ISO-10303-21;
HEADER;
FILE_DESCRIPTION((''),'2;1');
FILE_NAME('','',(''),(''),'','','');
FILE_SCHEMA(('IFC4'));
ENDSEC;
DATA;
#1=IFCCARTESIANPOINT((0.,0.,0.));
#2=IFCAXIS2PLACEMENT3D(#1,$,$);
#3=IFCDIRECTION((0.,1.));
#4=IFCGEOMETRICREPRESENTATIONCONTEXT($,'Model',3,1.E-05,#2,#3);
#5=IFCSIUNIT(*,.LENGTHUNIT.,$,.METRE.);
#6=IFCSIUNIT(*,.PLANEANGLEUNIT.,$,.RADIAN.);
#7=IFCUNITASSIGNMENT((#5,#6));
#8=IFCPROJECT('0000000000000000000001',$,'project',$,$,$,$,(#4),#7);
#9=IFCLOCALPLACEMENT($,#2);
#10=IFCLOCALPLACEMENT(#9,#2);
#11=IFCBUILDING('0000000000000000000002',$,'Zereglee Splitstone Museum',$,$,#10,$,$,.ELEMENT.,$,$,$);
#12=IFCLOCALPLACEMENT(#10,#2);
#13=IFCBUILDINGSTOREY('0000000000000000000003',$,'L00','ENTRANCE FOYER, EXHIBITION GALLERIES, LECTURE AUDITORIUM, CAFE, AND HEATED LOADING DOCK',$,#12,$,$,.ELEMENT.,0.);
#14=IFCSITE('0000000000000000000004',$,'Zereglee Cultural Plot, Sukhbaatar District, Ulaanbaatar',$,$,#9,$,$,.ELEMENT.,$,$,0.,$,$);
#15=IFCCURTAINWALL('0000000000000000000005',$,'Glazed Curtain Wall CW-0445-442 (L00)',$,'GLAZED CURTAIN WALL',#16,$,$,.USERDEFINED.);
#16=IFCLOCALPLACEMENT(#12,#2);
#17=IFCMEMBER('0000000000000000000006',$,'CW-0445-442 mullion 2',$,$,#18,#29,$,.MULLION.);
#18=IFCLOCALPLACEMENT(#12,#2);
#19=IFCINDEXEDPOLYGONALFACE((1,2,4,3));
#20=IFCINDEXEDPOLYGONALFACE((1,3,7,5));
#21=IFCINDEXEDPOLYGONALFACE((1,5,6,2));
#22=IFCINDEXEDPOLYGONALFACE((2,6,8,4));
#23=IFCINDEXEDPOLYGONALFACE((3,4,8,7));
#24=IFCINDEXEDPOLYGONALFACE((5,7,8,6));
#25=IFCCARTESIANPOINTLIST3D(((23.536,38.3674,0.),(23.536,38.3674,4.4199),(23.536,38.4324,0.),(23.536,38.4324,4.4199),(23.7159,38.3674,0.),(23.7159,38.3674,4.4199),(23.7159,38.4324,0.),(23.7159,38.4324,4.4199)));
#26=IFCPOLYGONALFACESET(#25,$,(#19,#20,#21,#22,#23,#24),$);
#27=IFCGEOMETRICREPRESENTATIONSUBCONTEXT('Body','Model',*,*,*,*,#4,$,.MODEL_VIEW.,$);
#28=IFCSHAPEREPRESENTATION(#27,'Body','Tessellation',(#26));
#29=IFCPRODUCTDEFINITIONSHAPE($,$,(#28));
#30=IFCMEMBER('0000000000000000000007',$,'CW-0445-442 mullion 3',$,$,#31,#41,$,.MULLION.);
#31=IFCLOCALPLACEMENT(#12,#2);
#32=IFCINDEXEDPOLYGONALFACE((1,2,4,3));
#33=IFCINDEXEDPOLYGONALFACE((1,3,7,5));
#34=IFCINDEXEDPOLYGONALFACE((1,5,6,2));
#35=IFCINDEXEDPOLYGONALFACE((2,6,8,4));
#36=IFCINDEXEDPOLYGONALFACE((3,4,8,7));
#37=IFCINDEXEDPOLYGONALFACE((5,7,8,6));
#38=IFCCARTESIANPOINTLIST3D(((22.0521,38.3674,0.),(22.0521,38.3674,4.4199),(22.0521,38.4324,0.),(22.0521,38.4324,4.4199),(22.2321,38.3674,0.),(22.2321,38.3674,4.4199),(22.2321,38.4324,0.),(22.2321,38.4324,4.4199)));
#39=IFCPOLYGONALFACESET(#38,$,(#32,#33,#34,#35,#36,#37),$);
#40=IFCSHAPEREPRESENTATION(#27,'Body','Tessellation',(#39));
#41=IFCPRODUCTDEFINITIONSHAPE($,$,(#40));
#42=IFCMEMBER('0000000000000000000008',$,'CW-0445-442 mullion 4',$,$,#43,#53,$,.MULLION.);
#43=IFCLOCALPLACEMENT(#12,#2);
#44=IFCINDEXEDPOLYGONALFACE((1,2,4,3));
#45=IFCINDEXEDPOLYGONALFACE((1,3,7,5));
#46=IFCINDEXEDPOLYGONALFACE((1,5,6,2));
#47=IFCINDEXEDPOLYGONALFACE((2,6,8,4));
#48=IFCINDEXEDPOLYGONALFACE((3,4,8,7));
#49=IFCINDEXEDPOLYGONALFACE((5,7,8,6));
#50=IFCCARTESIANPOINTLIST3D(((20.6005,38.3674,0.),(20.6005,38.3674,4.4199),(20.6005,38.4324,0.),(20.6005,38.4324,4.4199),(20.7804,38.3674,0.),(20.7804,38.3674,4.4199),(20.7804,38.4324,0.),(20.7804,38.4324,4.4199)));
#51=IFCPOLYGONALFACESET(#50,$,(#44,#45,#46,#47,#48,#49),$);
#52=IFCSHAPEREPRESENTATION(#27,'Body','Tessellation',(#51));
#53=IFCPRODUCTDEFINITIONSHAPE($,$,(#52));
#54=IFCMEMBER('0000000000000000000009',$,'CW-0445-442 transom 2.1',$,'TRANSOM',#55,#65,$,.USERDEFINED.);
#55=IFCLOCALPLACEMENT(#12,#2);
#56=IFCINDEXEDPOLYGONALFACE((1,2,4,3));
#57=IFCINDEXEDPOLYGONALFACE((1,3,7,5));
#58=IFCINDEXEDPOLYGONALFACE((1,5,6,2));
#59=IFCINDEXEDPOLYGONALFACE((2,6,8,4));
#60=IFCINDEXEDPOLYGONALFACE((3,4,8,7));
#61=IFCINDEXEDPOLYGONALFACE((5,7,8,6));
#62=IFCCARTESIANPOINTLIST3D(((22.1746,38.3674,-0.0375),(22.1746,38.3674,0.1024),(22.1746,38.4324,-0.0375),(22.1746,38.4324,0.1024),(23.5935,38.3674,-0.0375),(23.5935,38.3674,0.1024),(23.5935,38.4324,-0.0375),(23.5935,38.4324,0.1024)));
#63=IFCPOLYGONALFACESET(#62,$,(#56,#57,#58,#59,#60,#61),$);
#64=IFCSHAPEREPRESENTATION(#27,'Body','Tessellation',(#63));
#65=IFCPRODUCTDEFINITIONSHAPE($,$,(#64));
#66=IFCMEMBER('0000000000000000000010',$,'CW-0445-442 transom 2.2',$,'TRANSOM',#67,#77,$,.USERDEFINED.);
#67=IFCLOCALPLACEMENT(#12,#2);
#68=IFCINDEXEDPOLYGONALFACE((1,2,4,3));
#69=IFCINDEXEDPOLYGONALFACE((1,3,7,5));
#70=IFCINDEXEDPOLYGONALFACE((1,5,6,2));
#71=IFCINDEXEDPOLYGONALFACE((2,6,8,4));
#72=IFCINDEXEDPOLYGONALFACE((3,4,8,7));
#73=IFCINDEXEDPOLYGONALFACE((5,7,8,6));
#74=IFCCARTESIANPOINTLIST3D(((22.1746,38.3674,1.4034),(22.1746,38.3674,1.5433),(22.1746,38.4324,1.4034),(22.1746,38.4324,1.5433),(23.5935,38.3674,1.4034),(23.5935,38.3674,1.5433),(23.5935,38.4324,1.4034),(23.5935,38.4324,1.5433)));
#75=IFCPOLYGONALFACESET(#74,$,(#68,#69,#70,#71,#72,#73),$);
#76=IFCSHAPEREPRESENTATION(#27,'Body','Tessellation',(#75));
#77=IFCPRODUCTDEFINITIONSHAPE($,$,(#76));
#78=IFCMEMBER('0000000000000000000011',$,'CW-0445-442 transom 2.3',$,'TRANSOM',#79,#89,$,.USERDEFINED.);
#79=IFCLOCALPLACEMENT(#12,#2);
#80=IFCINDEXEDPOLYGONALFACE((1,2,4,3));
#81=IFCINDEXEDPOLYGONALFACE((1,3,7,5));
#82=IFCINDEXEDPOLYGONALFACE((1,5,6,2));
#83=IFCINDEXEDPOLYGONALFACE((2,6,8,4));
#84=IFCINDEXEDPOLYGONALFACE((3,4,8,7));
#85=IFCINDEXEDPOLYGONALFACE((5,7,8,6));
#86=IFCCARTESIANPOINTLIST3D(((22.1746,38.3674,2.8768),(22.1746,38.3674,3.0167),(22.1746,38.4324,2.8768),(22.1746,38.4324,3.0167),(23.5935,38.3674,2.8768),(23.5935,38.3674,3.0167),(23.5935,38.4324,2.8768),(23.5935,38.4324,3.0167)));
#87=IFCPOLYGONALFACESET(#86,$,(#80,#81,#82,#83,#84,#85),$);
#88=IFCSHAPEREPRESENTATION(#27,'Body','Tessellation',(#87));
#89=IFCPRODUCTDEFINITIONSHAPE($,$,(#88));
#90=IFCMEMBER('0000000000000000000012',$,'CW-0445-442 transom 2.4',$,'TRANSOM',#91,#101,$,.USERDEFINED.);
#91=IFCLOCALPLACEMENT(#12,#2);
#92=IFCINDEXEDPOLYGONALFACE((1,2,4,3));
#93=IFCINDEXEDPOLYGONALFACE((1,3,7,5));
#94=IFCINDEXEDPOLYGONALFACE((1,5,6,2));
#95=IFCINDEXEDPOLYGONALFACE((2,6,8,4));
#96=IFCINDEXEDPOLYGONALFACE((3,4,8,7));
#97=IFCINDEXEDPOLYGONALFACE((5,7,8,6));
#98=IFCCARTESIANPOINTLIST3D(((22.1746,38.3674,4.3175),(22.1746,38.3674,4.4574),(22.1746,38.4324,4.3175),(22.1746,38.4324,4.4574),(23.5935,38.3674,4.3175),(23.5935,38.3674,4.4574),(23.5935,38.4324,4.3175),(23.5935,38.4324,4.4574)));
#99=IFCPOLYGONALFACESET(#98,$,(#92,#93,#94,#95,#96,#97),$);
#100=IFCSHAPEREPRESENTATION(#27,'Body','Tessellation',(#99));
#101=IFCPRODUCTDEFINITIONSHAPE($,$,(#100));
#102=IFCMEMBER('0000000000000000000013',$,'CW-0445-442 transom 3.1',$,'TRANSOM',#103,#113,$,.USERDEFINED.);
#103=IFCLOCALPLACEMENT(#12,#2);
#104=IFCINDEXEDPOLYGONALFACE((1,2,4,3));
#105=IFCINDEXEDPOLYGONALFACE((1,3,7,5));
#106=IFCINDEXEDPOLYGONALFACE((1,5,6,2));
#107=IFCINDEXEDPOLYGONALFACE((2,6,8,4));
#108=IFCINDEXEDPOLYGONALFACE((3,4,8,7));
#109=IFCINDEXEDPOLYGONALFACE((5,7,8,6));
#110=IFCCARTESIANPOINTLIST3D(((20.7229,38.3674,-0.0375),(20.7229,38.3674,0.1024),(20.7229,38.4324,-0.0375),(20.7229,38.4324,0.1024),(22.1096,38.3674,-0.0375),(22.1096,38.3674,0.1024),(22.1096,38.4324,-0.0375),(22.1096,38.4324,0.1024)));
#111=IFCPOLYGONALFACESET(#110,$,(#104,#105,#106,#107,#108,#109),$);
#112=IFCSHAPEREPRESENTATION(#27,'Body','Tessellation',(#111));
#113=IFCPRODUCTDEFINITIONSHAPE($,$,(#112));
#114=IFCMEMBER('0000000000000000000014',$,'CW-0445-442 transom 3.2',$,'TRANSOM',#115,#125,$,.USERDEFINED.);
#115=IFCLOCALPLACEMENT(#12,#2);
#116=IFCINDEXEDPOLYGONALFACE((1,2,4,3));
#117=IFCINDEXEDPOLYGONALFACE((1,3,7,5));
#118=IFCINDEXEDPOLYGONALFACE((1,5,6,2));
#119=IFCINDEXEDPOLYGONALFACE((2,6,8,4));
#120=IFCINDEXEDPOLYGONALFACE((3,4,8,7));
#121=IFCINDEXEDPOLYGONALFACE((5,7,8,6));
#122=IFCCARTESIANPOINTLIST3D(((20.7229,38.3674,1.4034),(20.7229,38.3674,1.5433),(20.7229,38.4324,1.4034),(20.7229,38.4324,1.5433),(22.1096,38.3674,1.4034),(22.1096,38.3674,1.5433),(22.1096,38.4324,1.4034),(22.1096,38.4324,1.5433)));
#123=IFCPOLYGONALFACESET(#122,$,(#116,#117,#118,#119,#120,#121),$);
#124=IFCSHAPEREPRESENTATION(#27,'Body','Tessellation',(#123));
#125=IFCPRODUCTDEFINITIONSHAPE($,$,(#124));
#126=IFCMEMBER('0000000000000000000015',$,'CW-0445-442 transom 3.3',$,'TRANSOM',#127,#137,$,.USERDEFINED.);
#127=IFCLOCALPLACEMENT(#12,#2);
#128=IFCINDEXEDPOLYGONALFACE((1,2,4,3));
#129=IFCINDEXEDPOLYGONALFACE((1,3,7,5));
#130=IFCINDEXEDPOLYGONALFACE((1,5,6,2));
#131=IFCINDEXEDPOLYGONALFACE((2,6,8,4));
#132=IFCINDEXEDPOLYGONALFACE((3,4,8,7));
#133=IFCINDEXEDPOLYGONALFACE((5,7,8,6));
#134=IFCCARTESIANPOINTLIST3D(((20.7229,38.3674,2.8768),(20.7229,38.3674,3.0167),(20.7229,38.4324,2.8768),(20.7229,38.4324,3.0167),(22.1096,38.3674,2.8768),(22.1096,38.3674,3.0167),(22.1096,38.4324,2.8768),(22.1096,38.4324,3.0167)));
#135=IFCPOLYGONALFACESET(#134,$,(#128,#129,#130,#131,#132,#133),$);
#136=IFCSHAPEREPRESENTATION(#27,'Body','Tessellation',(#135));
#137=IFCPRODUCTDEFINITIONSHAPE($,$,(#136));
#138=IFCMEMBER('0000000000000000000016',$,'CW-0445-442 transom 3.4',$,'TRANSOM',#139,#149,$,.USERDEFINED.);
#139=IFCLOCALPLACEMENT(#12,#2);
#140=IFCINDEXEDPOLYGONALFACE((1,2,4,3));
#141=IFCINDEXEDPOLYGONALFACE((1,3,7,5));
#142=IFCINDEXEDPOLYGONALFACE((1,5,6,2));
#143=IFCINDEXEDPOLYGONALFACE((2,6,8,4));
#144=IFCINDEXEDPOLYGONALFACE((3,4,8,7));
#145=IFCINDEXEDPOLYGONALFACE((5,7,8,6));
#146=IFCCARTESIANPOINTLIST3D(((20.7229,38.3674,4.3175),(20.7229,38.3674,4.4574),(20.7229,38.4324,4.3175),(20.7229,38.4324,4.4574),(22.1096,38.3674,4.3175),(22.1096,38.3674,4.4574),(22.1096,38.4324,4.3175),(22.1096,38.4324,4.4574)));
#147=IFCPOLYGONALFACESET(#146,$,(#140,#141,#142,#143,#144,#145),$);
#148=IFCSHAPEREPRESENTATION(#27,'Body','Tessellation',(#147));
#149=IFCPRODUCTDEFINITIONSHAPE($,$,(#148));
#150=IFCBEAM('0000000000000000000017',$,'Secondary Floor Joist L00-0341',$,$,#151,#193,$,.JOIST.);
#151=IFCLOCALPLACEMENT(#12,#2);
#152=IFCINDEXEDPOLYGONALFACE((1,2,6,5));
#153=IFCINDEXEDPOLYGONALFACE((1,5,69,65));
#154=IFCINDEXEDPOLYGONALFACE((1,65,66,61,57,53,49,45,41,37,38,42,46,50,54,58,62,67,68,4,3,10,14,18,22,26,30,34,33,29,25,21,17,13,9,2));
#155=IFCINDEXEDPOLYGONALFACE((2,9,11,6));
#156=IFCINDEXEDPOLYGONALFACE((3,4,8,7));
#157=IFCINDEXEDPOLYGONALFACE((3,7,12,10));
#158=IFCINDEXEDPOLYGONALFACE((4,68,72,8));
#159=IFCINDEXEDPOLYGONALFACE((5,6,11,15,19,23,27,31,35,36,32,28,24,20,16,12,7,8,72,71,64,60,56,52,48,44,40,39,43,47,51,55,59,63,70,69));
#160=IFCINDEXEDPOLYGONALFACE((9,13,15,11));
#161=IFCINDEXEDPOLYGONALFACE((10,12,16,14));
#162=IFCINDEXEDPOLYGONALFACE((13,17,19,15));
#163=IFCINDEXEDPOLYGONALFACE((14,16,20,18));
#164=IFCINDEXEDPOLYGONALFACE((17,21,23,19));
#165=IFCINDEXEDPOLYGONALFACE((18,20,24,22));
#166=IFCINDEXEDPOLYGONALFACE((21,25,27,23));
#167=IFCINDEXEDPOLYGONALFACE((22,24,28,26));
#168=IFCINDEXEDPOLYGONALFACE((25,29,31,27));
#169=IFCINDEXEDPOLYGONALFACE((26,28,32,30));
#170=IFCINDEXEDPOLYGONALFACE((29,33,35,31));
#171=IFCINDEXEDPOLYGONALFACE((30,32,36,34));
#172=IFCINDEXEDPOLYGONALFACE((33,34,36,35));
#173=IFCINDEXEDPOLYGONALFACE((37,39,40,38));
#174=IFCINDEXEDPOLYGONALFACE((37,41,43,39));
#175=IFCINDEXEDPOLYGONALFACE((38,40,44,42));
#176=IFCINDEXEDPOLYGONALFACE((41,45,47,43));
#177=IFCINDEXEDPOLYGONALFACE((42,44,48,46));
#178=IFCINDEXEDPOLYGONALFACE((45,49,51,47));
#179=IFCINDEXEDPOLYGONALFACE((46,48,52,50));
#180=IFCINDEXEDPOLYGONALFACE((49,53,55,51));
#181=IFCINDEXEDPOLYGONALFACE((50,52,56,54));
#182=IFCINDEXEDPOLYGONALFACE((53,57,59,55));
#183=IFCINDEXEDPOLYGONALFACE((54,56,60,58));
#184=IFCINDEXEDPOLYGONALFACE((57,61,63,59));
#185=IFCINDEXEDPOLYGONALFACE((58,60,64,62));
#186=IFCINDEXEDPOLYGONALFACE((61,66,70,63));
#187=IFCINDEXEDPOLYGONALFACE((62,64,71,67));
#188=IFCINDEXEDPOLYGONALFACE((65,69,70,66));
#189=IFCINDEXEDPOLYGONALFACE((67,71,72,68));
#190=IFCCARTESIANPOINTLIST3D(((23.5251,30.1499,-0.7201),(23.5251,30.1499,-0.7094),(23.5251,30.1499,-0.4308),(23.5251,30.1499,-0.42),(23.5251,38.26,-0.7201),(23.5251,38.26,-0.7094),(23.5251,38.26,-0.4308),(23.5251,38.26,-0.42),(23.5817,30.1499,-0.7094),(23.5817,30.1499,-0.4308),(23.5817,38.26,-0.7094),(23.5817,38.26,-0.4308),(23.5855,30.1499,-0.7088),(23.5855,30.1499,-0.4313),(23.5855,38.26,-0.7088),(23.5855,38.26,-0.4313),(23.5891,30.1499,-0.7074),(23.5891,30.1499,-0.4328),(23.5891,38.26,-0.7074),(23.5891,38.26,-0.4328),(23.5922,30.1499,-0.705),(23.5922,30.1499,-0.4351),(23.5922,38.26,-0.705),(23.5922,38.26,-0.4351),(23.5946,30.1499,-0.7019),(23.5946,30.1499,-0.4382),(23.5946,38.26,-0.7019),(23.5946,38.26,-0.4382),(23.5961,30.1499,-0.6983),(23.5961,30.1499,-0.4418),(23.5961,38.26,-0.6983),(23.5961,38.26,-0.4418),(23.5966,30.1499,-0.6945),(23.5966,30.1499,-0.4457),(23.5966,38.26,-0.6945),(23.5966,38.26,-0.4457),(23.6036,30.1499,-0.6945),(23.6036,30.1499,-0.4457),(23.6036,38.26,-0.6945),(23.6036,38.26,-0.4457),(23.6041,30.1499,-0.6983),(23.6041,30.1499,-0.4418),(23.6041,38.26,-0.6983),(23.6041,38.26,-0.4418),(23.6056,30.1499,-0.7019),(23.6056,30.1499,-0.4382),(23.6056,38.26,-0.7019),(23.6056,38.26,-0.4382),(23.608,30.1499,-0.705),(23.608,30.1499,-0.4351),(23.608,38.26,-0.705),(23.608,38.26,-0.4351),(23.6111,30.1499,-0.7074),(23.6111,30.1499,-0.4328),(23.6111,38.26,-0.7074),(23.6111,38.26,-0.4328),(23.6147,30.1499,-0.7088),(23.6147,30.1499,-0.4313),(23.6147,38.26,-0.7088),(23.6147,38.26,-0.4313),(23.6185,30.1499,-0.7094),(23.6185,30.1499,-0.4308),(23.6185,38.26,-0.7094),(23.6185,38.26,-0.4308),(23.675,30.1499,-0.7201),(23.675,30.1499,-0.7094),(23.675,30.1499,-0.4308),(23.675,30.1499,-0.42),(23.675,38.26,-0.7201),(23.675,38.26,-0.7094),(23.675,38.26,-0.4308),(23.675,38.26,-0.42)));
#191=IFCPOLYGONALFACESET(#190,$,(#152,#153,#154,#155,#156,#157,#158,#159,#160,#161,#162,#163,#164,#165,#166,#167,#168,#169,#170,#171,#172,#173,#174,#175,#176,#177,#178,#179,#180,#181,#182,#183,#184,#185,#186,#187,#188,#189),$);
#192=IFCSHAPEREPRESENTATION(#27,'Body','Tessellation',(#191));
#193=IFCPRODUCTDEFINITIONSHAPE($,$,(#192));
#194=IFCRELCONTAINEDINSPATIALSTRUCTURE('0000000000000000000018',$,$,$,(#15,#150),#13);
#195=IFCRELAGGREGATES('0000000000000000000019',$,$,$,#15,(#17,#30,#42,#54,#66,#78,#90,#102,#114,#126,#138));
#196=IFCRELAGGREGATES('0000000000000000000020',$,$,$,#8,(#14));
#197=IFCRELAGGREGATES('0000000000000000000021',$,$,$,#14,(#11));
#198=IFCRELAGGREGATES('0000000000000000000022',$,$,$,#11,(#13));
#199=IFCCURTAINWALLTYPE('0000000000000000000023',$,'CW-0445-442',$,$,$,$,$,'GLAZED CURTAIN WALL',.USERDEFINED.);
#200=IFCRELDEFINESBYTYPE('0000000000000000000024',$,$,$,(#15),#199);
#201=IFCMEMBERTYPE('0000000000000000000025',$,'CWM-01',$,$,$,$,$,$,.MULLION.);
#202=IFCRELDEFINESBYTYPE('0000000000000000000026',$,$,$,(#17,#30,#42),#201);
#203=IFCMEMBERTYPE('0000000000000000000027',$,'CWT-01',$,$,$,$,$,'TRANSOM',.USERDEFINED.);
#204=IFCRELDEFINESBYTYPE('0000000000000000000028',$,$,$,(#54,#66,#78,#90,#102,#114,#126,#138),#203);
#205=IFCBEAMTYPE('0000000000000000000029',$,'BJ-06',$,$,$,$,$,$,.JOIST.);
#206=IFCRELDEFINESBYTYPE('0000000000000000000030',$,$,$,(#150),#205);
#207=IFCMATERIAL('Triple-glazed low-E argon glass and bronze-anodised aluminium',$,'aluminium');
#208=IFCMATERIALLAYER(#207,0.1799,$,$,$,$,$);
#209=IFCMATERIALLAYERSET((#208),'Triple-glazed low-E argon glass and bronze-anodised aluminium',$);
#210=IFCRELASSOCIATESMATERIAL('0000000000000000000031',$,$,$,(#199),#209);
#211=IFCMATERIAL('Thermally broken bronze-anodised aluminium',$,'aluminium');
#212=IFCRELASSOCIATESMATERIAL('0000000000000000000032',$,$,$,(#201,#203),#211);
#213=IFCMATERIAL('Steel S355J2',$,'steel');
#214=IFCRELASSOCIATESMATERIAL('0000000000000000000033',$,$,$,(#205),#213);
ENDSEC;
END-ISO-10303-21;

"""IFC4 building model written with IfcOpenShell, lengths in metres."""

from ifc_helpers import new_model, si_unit, direction, frame, origin, origin_2d, place, context, subcontext, project, spatial, rectangle, i_section, extrude, material, layer, layer_set, material_profile, profile_set, type_object, element, aggregate, save


model = new_model("IFC4")

# Units and contexts
model_context = context("Model", 3, precision=1e-05, world=origin(), true_north=direction((0.0, 1.0)))
body_context = subcontext(model_context, "Body", "Model", "MODEL_VIEW")
ifc_project = project(units=[si_unit("LENGTHUNIT", "METRE"), si_unit("PLANEANGLEUNIT", "RADIAN")], contexts=[model_context])

# Site, building, storey
site_placement = place(None, origin())
site = spatial("IfcSite", under=ifc_project, at=site_placement, Name="Zereglee Cultural Plot, Sukhbaatar District, Ulaanbaatar", CompositionType="ELEMENT", RefElevation=0.0)
building_placement = place(site_placement, origin())
building = spatial("IfcBuilding", under=site, at=building_placement, Name="Zereglee Splitstone Museum", CompositionType="ELEMENT")
storey_placement = place(building_placement, origin())
storey = spatial("IfcBuildingStorey", under=building, at=storey_placement, Name="L00", Description="ENTRANCE FOYER, EXHIBITION GALLERIES, LECTURE AUDITORIUM, CAFE, AND HEATED LOADING DOCK", CompositionType="ELEMENT", Elevation=0.0)

# Curtain wall, members
ifc_material_1 = material(Name="Triple-glazed low-E argon glass and bronze-anodised aluminium", Category="aluminium")
ifc_layer_1 = layer(ifc_material_1, 0.1799)
ifc_layer_set_1 = layer_set([ifc_layer_1], Name="Triple-glazed low-E argon glass and bronze-anodised aluminium")
curtain_wall_type = type_object("IfcCurtainWallType", Name="CW-0445-442", ElementType="GLAZED CURTAIN WALL", PredefinedType="USERDEFINED", material=ifc_layer_set_1)
curtain_wall_placement = place(storey_placement, origin())
curtain_wall = element("IfcCurtainWall", 1, at=curtain_wall_placement, inside=storey, type_object=curtain_wall_type, Name="Glazed Curtain Wall CW-0445-442 (L00)", ObjectType="GLAZED CURTAIN WALL", PredefinedType="USERDEFINED")
ifc_material_2 = material(Name="Thermally broken bronze-anodised aluminium", Category="aluminium")
ifc_material_profile_1 = material_profile(ifc_material_2, rectangle(XDim=0.0649, YDim=0.1799, at=origin_2d()), Name="CW MULL 65x180")
ifc_profile_set_1 = profile_set([ifc_material_profile_1], Name="Thermally broken bronze-anodised aluminium")
member_type_1 = type_object("IfcMemberType", Name="CWM-01", PredefinedType="MULLION", material=ifc_profile_set_1)
member_1_placement = place(storey_placement, frame((23.626, 38.3999, 0.0), z_axis=(0.0, 0.0, 1.0), x_axis=(0.0, -1.0, 0.0)))
member_1 = element("IfcMember", 2, at=member_1_placement, type_object=member_type_1, Name="CW-0445-442 mullion 2", PredefinedType="MULLION", context=body_context, shape_type="SweptSolid", body=[
    extrude(rectangle(XDim=0.0649, YDim=0.1799, at=origin_2d()), origin(), (0.0, 0.0, 1.0), 4.4199),
])
member_2_placement = place(storey_placement, frame((22.1421, 38.3999, 0.0), z_axis=(0.0, 0.0, 1.0), x_axis=(0.0, -1.0, 0.0)))
member_2 = element("IfcMember", 3, at=member_2_placement, type_object=member_type_1, Name="CW-0445-442 mullion 3", PredefinedType="MULLION", context=body_context, shape_type="SweptSolid", body=[
    extrude(rectangle(XDim=0.0649, YDim=0.1799, at=origin_2d()), origin(), (0.0, 0.0, 1.0), 4.4199),
])
member_3_placement = place(storey_placement, frame((20.6904, 38.3999, 0.0), z_axis=(0.0, 0.0, 1.0), x_axis=(0.0, -1.0, 0.0)))
member_3 = element("IfcMember", 4, at=member_3_placement, type_object=member_type_1, Name="CW-0445-442 mullion 4", PredefinedType="MULLION", context=body_context, shape_type="SweptSolid", body=[
    extrude(rectangle(XDim=0.0649, YDim=0.1799, at=origin_2d()), origin(), (0.0, 0.0, 1.0), 4.4199),
])
ifc_material_profile_2 = material_profile(ifc_material_2, rectangle(XDim=0.0649, YDim=0.1399, at=origin_2d()), Name="CW TRAN 65x140")
ifc_profile_set_2 = profile_set([ifc_material_profile_2], Name="Thermally broken bronze-anodised aluminium")
member_type_2 = type_object("IfcMemberType", Name="CWT-01", ElementType="TRANSOM", PredefinedType="USERDEFINED", material=ifc_profile_set_2)
member_4_placement = place(storey_placement, frame((23.5935, 38.3999, 0.0325), z_axis=(-1.0, 0.0, 0.0), x_axis=(0.0, -1.0, 0.0)))
member_4 = element("IfcMember", 5, at=member_4_placement, type_object=member_type_2, Name="CW-0445-442 transom 2.1", ObjectType="TRANSOM", PredefinedType="USERDEFINED", context=body_context, shape_type="SweptSolid", body=[
    extrude(rectangle(XDim=0.0649, YDim=0.1399, at=origin_2d()), origin(), (0.0, 0.0, 1.0), 1.4189),
])
member_5_placement = place(storey_placement, frame((23.5935, 38.3999, 1.4734), z_axis=(-1.0, 0.0, 0.0), x_axis=(0.0, -1.0, 0.0)))
member_5 = element("IfcMember", 6, at=member_5_placement, type_object=member_type_2, Name="CW-0445-442 transom 2.2", ObjectType="TRANSOM", PredefinedType="USERDEFINED", context=body_context, shape_type="SweptSolid", body=[
    extrude(rectangle(XDim=0.0649, YDim=0.1399, at=origin_2d()), origin(), (0.0, 0.0, 1.0), 1.4189),
])
member_6_placement = place(storey_placement, frame((23.5935, 38.3999, 2.9468), z_axis=(-1.0, 0.0, 0.0), x_axis=(0.0, -1.0, 0.0)))
member_6 = element("IfcMember", 7, at=member_6_placement, type_object=member_type_2, Name="CW-0445-442 transom 2.3", ObjectType="TRANSOM", PredefinedType="USERDEFINED", context=body_context, shape_type="SweptSolid", body=[
    extrude(rectangle(XDim=0.0649, YDim=0.1399, at=origin_2d()), origin(), (0.0, 0.0, 1.0), 1.4189),
])
member_7_placement = place(storey_placement, frame((23.5935, 38.3999, 4.3875), z_axis=(-1.0, 0.0, 0.0), x_axis=(0.0, -1.0, 0.0)))
member_7 = element("IfcMember", 8, at=member_7_placement, type_object=member_type_2, Name="CW-0445-442 transom 2.4", ObjectType="TRANSOM", PredefinedType="USERDEFINED", context=body_context, shape_type="SweptSolid", body=[
    extrude(rectangle(XDim=0.0649, YDim=0.1399, at=origin_2d()), origin(), (0.0, 0.0, 1.0), 1.4189),
])
member_8_placement = place(storey_placement, frame((22.1096, 38.3999, 0.0325), z_axis=(-1.0, 0.0, 0.0), x_axis=(0.0, -1.0, 0.0)))
member_8 = element("IfcMember", 9, at=member_8_placement, type_object=member_type_2, Name="CW-0445-442 transom 3.1", ObjectType="TRANSOM", PredefinedType="USERDEFINED", context=body_context, shape_type="SweptSolid", body=[
    extrude(rectangle(XDim=0.0649, YDim=0.1399, at=origin_2d()), origin(), (0.0, 0.0, 1.0), 1.3867),
])
member_9_placement = place(storey_placement, frame((22.1096, 38.3999, 1.4734), z_axis=(-1.0, 0.0, 0.0), x_axis=(0.0, -1.0, 0.0)))
member_9 = element("IfcMember", 10, at=member_9_placement, type_object=member_type_2, Name="CW-0445-442 transom 3.2", ObjectType="TRANSOM", PredefinedType="USERDEFINED", context=body_context, shape_type="SweptSolid", body=[
    extrude(rectangle(XDim=0.0649, YDim=0.1399, at=origin_2d()), origin(), (0.0, 0.0, 1.0), 1.3867),
])
member_10_placement = place(storey_placement, frame((22.1096, 38.3999, 2.9468), z_axis=(-1.0, 0.0, 0.0), x_axis=(0.0, -1.0, 0.0)))
member_10 = element("IfcMember", 11, at=member_10_placement, type_object=member_type_2, Name="CW-0445-442 transom 3.3", ObjectType="TRANSOM", PredefinedType="USERDEFINED", context=body_context, shape_type="SweptSolid", body=[
    extrude(rectangle(XDim=0.0649, YDim=0.1399, at=origin_2d()), origin(), (0.0, 0.0, 1.0), 1.3867),
])
member_11_placement = place(storey_placement, frame((22.1096, 38.3999, 4.3875), z_axis=(-1.0, 0.0, 0.0), x_axis=(0.0, -1.0, 0.0)))
member_11 = element("IfcMember", 12, at=member_11_placement, type_object=member_type_2, Name="CW-0445-442 transom 3.4", ObjectType="TRANSOM", PredefinedType="USERDEFINED", context=body_context, shape_type="SweptSolid", body=[
    extrude(rectangle(XDim=0.0649, YDim=0.1399, at=origin_2d()), origin(), (0.0, 0.0, 1.0), 1.3867),
])

# Beam
ifc_material_3 = material(Name="Steel S355J2", Category="steel")
ifc_material_profile_3 = material_profile(ifc_material_3, i_section(OverallWidth=0.1499, OverallDepth=0.3, WebThickness=0.0071, FlangeThickness=0.0107, FilletRadius=0.0149, at=origin_2d()), Name="IPE 300")
ifc_profile_set_3 = profile_set([ifc_material_profile_3], Name="Steel S355J2")
beam_type_1 = type_object("IfcBeamType", Name="BJ-06", PredefinedType="JOIST", material=ifc_profile_set_3)
beam_1_placement = place(storey_placement, frame((23.6001, 30.1499, -0.5701), z_axis=(0.0, 1.0, 0.0), x_axis=(-1.0, 0.0, 0.0)))
element("IfcBeam", 13, at=beam_1_placement, inside=storey, type_object=beam_type_1, Name="Secondary Floor Joist L00-0341", PredefinedType="JOIST", context=body_context, shape_type="SweptSolid", body=[
    extrude(i_section(OverallWidth=0.1499, OverallDepth=0.3, WebThickness=0.0071, FlangeThickness=0.0107, FilletRadius=0.0149, at=origin_2d()), origin(), (0.0, 0.0, 1.0), 8.1101),
])

aggregate(curtain_wall, [member_1, member_2, member_3, member_4, member_5, member_6, member_7, member_8, member_9, member_10, member_11])

save(model, "model.ifc")
